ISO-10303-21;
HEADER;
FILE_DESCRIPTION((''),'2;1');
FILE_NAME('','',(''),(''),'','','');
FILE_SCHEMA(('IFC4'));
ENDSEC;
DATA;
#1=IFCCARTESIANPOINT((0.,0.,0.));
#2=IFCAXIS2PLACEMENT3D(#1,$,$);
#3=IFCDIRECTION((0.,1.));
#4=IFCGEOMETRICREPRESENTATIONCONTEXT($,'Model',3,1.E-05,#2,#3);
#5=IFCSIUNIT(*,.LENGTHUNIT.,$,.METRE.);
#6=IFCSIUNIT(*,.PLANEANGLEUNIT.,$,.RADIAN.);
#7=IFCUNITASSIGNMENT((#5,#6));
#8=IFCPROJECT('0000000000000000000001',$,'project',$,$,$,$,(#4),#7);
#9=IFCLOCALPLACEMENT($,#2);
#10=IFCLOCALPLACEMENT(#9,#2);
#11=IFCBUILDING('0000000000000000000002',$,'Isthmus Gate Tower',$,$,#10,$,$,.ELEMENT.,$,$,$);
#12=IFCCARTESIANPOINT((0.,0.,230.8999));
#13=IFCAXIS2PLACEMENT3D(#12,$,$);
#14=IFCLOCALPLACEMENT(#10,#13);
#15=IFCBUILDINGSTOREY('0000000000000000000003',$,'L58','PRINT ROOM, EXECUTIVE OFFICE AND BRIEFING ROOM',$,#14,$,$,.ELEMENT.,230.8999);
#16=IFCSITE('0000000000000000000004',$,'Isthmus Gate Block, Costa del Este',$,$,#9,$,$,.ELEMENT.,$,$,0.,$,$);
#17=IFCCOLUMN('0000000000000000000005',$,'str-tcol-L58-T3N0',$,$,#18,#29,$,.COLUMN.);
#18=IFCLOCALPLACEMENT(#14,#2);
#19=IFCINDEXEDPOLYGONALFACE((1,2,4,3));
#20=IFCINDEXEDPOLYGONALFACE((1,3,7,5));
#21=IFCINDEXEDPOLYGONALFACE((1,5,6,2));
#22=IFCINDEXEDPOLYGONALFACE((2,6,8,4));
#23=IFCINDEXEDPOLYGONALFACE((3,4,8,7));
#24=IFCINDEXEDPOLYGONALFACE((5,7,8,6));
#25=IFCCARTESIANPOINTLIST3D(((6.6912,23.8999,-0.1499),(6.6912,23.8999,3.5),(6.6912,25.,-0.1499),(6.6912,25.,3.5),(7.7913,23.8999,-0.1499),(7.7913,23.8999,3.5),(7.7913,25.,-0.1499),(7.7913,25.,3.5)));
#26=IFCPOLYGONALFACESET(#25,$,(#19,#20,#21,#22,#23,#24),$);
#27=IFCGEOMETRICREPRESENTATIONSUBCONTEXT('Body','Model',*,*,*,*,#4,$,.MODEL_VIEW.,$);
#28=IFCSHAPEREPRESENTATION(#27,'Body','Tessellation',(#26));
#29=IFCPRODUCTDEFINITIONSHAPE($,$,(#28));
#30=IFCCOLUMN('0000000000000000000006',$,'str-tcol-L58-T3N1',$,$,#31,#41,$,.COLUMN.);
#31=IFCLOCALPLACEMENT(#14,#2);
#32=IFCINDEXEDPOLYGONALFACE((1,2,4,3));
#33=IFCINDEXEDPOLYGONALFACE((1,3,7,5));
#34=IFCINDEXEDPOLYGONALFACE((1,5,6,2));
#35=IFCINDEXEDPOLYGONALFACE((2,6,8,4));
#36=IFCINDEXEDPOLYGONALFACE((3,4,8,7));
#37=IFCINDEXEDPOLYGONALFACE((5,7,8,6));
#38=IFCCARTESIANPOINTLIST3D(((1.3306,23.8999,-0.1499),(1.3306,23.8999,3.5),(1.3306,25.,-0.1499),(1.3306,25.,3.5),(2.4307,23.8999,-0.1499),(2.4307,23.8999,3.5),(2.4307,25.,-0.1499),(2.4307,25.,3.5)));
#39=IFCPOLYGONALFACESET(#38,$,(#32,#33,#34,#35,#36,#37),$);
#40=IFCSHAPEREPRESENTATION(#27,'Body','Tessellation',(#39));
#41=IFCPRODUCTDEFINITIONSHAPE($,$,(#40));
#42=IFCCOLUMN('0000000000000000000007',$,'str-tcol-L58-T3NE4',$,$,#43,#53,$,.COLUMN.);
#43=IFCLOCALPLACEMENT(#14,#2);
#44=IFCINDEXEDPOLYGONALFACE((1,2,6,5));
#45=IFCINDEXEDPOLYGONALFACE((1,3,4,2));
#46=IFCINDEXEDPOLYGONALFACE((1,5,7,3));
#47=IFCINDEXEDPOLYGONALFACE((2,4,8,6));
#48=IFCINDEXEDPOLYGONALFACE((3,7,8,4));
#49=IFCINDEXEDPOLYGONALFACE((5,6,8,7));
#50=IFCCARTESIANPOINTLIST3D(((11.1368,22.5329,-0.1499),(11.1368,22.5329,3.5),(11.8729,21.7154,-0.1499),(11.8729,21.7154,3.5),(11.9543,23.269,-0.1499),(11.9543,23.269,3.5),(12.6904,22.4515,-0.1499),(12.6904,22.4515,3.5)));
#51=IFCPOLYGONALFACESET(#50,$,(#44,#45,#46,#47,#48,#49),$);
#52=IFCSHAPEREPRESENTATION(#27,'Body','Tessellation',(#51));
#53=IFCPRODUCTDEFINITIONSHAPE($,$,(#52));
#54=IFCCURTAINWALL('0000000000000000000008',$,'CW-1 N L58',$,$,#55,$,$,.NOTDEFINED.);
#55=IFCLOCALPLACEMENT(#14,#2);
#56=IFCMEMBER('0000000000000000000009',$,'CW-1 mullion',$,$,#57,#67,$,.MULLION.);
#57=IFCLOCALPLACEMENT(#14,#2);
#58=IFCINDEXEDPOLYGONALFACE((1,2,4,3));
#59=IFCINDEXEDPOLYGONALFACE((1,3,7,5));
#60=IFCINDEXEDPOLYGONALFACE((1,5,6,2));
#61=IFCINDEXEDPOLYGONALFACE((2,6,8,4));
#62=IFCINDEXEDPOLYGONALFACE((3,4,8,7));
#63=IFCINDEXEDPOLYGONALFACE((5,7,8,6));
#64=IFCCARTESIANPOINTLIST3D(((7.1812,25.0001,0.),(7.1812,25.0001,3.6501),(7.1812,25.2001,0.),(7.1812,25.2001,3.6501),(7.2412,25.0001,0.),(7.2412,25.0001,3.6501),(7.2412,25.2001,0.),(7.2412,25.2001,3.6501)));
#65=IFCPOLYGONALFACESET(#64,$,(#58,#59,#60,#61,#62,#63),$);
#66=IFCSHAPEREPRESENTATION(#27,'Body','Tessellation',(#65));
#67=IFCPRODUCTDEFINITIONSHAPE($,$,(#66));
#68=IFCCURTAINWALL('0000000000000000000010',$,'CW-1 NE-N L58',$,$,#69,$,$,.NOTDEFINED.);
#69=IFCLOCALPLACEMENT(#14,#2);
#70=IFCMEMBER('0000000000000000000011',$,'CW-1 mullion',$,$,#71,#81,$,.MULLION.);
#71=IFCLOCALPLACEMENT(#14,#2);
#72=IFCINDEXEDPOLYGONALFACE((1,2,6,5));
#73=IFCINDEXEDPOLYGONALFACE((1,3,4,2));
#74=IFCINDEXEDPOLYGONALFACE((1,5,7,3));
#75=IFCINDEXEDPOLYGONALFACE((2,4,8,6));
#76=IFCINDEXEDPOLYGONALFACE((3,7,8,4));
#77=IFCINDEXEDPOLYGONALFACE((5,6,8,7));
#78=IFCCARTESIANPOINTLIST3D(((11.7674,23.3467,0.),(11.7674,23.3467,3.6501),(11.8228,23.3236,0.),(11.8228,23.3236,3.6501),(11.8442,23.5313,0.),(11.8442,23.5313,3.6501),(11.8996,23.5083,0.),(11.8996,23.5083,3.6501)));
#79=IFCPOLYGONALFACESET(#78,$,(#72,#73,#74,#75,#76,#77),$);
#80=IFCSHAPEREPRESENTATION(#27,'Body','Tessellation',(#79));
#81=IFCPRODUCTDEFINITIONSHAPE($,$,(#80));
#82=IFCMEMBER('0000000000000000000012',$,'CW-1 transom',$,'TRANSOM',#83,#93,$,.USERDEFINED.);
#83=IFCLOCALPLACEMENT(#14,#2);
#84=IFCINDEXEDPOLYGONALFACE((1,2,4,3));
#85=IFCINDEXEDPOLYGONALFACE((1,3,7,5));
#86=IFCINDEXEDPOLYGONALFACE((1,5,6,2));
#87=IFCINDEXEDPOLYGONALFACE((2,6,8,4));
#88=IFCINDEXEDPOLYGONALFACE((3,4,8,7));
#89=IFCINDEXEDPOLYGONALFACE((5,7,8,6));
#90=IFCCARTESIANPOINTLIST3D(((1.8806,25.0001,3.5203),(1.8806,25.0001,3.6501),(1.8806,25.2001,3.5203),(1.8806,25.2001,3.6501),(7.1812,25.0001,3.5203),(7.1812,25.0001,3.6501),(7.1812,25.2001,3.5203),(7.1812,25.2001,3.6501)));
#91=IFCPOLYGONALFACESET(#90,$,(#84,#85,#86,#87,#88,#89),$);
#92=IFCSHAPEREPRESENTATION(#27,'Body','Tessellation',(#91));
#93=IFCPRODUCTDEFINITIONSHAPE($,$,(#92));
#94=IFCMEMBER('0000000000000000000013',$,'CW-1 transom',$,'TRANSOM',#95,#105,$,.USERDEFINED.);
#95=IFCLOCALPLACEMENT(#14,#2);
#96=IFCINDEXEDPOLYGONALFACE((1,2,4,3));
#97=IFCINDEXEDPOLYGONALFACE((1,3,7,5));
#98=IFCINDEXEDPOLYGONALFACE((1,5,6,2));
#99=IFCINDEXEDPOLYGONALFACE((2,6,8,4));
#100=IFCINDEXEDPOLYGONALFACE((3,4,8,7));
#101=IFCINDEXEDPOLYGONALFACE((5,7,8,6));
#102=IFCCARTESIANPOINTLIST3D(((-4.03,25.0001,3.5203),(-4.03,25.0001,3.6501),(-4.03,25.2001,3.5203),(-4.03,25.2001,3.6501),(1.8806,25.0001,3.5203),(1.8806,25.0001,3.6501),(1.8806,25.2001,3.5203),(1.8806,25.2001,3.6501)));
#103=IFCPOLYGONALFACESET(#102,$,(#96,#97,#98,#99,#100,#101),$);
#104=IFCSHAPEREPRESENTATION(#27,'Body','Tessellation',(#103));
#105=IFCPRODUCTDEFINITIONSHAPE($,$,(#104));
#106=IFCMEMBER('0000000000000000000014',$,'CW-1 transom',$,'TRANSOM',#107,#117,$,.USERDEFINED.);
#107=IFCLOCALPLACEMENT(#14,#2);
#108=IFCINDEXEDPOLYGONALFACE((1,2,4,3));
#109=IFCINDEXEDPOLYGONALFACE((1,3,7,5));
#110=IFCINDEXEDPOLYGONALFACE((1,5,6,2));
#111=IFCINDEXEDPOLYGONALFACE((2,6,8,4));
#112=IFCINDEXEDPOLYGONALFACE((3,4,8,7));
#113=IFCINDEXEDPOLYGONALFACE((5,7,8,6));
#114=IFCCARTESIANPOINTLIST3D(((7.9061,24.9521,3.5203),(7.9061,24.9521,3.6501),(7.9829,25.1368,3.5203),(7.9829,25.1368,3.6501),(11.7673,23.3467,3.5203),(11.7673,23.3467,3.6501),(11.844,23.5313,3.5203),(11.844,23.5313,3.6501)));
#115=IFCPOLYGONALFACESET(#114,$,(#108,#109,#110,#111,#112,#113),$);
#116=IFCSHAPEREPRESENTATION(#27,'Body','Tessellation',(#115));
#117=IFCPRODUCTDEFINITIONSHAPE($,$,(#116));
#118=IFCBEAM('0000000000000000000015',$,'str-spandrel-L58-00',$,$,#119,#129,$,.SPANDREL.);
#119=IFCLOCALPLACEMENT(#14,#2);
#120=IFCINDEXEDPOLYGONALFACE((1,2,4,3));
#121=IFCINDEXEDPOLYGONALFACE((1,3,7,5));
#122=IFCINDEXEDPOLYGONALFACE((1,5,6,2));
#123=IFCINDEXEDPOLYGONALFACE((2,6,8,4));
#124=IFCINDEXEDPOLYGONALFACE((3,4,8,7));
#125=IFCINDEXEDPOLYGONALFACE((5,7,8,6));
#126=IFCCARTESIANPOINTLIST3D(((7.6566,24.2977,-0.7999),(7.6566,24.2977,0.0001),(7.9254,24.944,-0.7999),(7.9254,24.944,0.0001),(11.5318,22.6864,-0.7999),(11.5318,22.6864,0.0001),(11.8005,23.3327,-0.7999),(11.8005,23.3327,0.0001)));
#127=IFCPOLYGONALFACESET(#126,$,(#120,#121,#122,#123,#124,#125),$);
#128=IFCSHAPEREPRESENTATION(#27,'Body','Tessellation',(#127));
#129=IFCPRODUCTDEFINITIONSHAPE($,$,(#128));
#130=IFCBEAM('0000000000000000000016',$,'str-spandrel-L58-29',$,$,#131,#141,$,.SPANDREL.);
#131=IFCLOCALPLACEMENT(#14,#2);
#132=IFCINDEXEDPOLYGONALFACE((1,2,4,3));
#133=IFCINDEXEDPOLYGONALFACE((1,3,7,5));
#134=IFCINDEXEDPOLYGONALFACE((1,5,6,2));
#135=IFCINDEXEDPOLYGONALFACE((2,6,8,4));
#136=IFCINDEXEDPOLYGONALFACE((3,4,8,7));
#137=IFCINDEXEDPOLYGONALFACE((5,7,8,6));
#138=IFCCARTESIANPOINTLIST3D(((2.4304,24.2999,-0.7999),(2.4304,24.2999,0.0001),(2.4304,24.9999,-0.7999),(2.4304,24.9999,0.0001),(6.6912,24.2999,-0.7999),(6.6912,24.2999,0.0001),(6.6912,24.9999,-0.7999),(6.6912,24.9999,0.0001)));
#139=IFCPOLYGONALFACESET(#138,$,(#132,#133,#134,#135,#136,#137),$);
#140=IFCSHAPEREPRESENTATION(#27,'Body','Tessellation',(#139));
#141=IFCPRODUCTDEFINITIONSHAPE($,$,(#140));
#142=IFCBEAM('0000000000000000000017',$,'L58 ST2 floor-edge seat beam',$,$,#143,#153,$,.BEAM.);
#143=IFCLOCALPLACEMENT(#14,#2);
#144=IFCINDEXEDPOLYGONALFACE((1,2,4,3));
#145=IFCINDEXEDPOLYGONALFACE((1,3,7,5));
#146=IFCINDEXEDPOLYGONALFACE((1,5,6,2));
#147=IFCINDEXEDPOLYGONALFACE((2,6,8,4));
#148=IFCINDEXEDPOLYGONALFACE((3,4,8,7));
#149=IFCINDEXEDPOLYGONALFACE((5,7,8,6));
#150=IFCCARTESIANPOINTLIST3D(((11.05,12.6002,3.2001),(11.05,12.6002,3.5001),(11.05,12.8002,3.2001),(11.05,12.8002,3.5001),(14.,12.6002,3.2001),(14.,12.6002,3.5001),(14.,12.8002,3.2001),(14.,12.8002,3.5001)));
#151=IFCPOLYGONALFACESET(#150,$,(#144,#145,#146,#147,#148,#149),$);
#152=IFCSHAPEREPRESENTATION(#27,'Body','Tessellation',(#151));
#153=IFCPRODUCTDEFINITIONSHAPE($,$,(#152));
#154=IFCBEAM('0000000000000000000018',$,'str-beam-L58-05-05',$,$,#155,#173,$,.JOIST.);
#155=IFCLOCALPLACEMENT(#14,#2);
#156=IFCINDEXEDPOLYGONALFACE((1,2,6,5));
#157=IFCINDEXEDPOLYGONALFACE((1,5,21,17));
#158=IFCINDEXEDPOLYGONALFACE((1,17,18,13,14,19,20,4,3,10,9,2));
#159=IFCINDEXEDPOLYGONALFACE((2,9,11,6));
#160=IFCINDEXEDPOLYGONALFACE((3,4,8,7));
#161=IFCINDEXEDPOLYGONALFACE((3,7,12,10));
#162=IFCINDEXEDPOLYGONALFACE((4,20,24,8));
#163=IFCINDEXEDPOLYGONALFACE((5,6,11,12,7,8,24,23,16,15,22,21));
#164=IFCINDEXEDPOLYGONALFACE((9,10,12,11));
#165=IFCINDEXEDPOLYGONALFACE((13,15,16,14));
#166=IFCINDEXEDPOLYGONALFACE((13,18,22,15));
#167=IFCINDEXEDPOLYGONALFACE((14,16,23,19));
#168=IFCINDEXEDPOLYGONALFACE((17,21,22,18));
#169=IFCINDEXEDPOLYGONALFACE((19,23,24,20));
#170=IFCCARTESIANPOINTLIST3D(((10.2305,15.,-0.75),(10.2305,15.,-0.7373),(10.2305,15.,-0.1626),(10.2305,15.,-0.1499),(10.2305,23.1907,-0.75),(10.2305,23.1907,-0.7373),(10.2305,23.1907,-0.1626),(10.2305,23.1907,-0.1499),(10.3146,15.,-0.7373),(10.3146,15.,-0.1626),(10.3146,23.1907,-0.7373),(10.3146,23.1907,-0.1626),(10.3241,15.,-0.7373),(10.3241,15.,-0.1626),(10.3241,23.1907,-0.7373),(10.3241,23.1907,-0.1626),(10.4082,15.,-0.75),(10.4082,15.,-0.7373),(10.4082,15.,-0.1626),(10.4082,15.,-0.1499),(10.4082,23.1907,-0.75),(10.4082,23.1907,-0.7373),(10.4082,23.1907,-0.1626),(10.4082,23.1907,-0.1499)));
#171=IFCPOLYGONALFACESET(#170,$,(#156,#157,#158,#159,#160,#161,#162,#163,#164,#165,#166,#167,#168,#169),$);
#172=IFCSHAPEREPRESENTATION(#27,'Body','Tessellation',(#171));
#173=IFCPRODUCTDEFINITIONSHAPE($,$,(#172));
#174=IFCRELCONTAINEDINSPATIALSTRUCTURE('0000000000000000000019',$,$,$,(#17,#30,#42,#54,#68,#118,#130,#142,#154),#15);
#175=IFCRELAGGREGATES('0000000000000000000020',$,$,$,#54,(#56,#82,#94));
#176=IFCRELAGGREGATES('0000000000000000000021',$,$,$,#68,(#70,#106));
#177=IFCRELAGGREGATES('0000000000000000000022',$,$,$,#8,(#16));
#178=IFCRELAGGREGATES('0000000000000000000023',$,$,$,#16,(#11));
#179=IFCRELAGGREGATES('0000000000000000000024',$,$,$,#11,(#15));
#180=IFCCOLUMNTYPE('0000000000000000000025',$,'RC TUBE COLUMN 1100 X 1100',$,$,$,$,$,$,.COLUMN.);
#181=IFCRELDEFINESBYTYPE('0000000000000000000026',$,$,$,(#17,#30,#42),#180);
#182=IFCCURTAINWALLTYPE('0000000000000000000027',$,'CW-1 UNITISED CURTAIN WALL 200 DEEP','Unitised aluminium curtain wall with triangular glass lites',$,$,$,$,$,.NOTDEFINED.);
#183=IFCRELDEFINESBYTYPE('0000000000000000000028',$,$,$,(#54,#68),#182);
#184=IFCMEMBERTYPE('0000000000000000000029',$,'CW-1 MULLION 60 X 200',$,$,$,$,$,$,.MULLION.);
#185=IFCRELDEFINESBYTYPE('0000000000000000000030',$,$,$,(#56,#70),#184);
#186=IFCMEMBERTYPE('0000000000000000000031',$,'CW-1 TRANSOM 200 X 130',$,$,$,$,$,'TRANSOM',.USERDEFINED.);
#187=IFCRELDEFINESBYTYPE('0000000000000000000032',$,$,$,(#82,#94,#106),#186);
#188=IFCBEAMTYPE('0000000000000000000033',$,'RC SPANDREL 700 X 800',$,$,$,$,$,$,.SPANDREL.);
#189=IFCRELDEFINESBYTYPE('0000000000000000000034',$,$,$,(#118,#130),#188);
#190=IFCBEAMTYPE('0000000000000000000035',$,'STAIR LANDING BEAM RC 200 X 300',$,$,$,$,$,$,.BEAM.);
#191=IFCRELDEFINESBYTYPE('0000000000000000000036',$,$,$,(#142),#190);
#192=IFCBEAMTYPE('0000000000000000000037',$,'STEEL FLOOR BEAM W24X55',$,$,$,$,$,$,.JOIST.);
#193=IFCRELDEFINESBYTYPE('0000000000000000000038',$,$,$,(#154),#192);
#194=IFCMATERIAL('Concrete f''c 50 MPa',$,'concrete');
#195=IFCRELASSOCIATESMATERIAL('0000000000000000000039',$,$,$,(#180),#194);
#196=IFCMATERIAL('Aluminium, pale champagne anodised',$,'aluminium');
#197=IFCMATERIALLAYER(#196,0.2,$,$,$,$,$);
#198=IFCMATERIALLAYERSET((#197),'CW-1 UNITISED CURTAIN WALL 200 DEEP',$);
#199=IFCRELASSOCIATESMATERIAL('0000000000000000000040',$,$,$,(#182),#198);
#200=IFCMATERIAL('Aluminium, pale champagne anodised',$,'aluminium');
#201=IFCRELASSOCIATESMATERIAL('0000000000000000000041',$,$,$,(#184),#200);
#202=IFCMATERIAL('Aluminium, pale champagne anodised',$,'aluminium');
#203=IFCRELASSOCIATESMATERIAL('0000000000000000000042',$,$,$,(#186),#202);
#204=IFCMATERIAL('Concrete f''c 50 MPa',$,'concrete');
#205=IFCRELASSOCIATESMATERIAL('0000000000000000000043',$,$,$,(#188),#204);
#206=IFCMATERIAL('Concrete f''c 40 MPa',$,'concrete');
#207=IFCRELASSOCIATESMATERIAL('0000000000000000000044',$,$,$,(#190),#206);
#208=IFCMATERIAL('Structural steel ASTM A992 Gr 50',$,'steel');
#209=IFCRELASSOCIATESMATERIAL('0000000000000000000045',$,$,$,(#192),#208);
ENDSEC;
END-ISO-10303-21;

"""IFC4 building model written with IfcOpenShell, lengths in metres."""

from ifc_helpers import new_model, si_unit, direction, frame, origin, origin_2d, place, context, subcontext, project, spatial, rectangle, i_section, extrude, material, layer, layer_set, material_profile, profile_set, type_object, element, aggregate, save


model = new_model("IFC4")

# Units and contexts
model_context = context("Model", 3, precision=1e-05, world=origin(), true_north=direction((0.0, 1.0)))
body_context = subcontext(model_context, "Body", "Model", "MODEL_VIEW")
ifc_project = project(units=[si_unit("LENGTHUNIT", "METRE"), si_unit("PLANEANGLEUNIT", "RADIAN")], contexts=[model_context])

# Site, building, storey
site_placement = place(None, origin())
site = spatial("IfcSite", under=ifc_project, at=site_placement, Name="Isthmus Gate Block, Costa del Este", CompositionType="ELEMENT", RefElevation=0.0)
building_placement = place(site_placement, origin())
building = spatial("IfcBuilding", under=site, at=building_placement, Name="Isthmus Gate Tower", CompositionType="ELEMENT")
storey_placement = place(building_placement, frame((0.0, 0.0, 230.8999)))
storey = spatial("IfcBuildingStorey", under=building, at=storey_placement, Name="L58", Description="PRINT ROOM, EXECUTIVE OFFICE AND BRIEFING ROOM", CompositionType="ELEMENT", Elevation=230.8999)

# Columns
ifc_material_1 = material(Name="Concrete f'c 50 MPa", Category="concrete")
ifc_material_profile_1 = material_profile(ifc_material_1, rectangle(XDim=1.1001, YDim=1.1001, at=origin_2d()), Name="RC 1100X1100")
ifc_profile_set_1 = profile_set([ifc_material_profile_1], Name="Concrete f'c 50 MPa")
column_type = type_object("IfcColumnType", Name="RC TUBE COLUMN 1100 X 1100", PredefinedType="COLUMN", material=ifc_profile_set_1)
for number, where, z_axis, x_axis, name in (
    (1, (7.2412, 24.45, -0.1499), (0.0, 0.0, 1.0), (-1.0, 0.0, 0.0), "str-tcol-L58-T3N0"),
    (2, (1.8806, 24.45, -0.1499), (0.0, 0.0, 1.0), (-1.0, 0.0, 0.0), "str-tcol-L58-T3N1"),
    (3, (11.9136, 22.4922, -0.1499), (0.0, 0.0, 1.0), (-0.669131, 0.743145, 0.0), "str-tcol-L58-T3NE4"),
):
    element("IfcColumn", number, at=place(storey_placement, frame(where, z_axis=z_axis, x_axis=x_axis)), inside=storey, type_object=column_type, Name=name, PredefinedType="COLUMN", context=body_context, shape_type="SweptSolid", body=[
        extrude(rectangle(XDim=1.1001, YDim=1.1001, at=origin_2d()), origin(), (0.0, 0.0, 1.0), 3.6499),
    ])

# Curtain walls, members
ifc_material_2 = material(Name="Aluminium, pale champagne anodised", Category="aluminium")
ifc_layer_1 = layer(ifc_material_2, 0.2)
ifc_layer_set_1 = layer_set([ifc_layer_1], Name="CW-1 UNITISED CURTAIN WALL 200 DEEP")
curtain_wall_type = type_object("IfcCurtainWallType", Name="CW-1 UNITISED CURTAIN WALL 200 DEEP", Description="Unitised aluminium curtain wall with triangular glass lites", PredefinedType="NOTDEFINED", material=ifc_layer_set_1)
curtain_wall_1_placement = place(storey_placement, origin())
curtain_wall_1 = element("IfcCurtainWall", 4, at=curtain_wall_1_placement, inside=storey, type_object=curtain_wall_type, Name="CW-1 N L58", PredefinedType="NOTDEFINED")
ifc_material_3 = material(Name="Aluminium, pale champagne anodised", Category="aluminium")
ifc_material_profile_2 = material_profile(ifc_material_3, rectangle(XDim=0.0601, YDim=0.2, at=origin_2d()), Name="60x200")
ifc_profile_set_2 = profile_set([ifc_material_profile_2], Name="Aluminium, pale champagne anodised")
member_type_1 = type_object("IfcMemberType", Name="CW-1 MULLION 60 X 200", PredefinedType="MULLION", material=ifc_profile_set_2)
member_1_placement = place(storey_placement, frame((7.2112, 25.1001, 0.0), z_axis=(0.0, 0.0, 1.0), x_axis=(-1.0, 0.0, 0.0)))
member_1 = element("IfcMember", 5, at=member_1_placement, type_object=member_type_1, Name="CW-1 mullion", PredefinedType="MULLION", context=body_context, shape_type="SweptSolid", body=[
    extrude(rectangle(XDim=0.0601, YDim=0.2, at=origin_2d()), origin(), (0.0, 0.0, 1.0), 3.6501),
])
curtain_wall_2_placement = place(storey_placement, origin())
curtain_wall_2 = element("IfcCurtainWall", 6, at=curtain_wall_2_placement, inside=storey, type_object=curtain_wall_type, Name="CW-1 NE-N L58", PredefinedType="NOTDEFINED")
member_2_placement = place(storey_placement, frame((11.8335, 23.4275, 0.0), z_axis=(0.0, 0.0, 1.0), x_axis=(-0.923353, 0.383952, 0.0)))
member_2 = element("IfcMember", 7, at=member_2_placement, type_object=member_type_1, Name="CW-1 mullion", PredefinedType="MULLION", context=body_context, shape_type="SweptSolid", body=[
    extrude(rectangle(XDim=0.0601, YDim=0.2, at=origin_2d()), origin(), (0.0, 0.0, 1.0), 3.6501),
])

# Members
ifc_material_4 = material(Name="Aluminium, pale champagne anodised", Category="aluminium")
ifc_material_profile_3 = material_profile(ifc_material_4, rectangle(XDim=0.2, YDim=0.1299, at=origin_2d()), Name="200x130")
ifc_profile_set_3 = profile_set([ifc_material_profile_3], Name="Aluminium, pale champagne anodised")
member_type_2 = type_object("IfcMemberType", Name="CW-1 TRANSOM 200 X 130", ElementType="TRANSOM", PredefinedType="USERDEFINED", material=ifc_profile_set_3)
member_3_placement = place(storey_placement, frame((7.1812, 25.1001, 3.5852), z_axis=(-1.0, 0.0, 0.0), x_axis=(0.0, -1.0, 0.0)))
member_3 = element("IfcMember", 8, at=member_3_placement, type_object=member_type_2, Name="CW-1 transom", ObjectType="TRANSOM", PredefinedType="USERDEFINED", context=body_context, shape_type="SweptSolid", body=[
    extrude(rectangle(XDim=0.2, YDim=0.1299, at=origin_2d()), origin(), (0.0, 0.0, 1.0), 5.3005),
])
member_4_placement = place(storey_placement, frame((1.8806, 25.1001, 3.5852), z_axis=(-1.0, 0.0, 0.0), x_axis=(0.0, -1.0, 0.0)))
member_4 = element("IfcMember", 9, at=member_4_placement, type_object=member_type_2, Name="CW-1 transom", ObjectType="TRANSOM", PredefinedType="USERDEFINED", context=body_context, shape_type="SweptSolid", body=[
    extrude(rectangle(XDim=0.2, YDim=0.1299, at=origin_2d()), origin(), (0.0, 0.0, 1.0), 5.9106),
])
member_5_placement = place(storey_placement, frame((11.8057, 23.439, 3.5852), z_axis=(-0.923358, 0.38394, 0.0), x_axis=(-0.38394, -0.923358, 0.0)))
member_5 = element("IfcMember", 10, at=member_5_placement, type_object=member_type_2, Name="CW-1 transom", ObjectType="TRANSOM", PredefinedType="USERDEFINED", context=body_context, shape_type="SweptSolid", body=[
    extrude(rectangle(XDim=0.2, YDim=0.1299, at=origin_2d()), origin(), (0.0, 0.0, 1.0), 4.1816),
])

# Beams
ifc_material_5 = material(Name="Concrete f'c 50 MPa", Category="concrete")
ifc_material_profile_4 = material_profile(ifc_material_5, rectangle(XDim=0.7, YDim=0.8, at=origin_2d()), Name="RC 700X800")
ifc_profile_set_4 = profile_set([ifc_material_profile_4], Name="Concrete f'c 50 MPa")
beam_type_1 = type_object("IfcBeamType", Name="RC SPANDREL 700 X 800", PredefinedType="SPANDREL", material=ifc_profile_set_4)
beam_1_placement = place(storey_placement, frame((7.791, 24.6208, -0.3999), z_axis=(0.923361, -0.383934, 0.0), x_axis=(0.383934, 0.923361, 0.0)))
element("IfcBeam", 11, at=beam_1_placement, inside=storey, type_object=beam_type_1, Name="str-spandrel-L58-00", PredefinedType="SPANDREL", context=body_context, shape_type="SweptSolid", body=[
    extrude(rectangle(XDim=0.7, YDim=0.8, at=origin_2d()), origin(), (0.0, 0.0, 1.0), 4.1968),
])
beam_2_placement = place(storey_placement, frame((2.4304, 24.6499, -0.3999), z_axis=(1.0, 0.0, 0.0), x_axis=(0.0, 1.0, 0.0)))
element("IfcBeam", 12, at=beam_2_placement, inside=storey, type_object=beam_type_1, Name="str-spandrel-L58-29", PredefinedType="SPANDREL", context=body_context, shape_type="SweptSolid", body=[
    extrude(rectangle(XDim=0.7, YDim=0.8, at=origin_2d()), origin(), (0.0, 0.0, 1.0), 4.2607),
])
ifc_material_6 = material(Name="Concrete f'c 40 MPa", Category="concrete")
ifc_material_profile_5 = material_profile(ifc_material_6, rectangle(XDim=0.2, YDim=0.3, at=origin_2d()), Name="STAIR LANDING BEAM RC 200 X 300")
ifc_profile_set_5 = profile_set([ifc_material_profile_5], Name="Concrete f'c 40 MPa")
beam_type_2 = type_object("IfcBeamType", Name="STAIR LANDING BEAM RC 200 X 300", PredefinedType="BEAM", material=ifc_profile_set_5)
beam_3_placement = place(storey_placement, frame((11.05, 12.7002, 3.3501), z_axis=(1.0, 0.0, 0.0), x_axis=(0.0, 1.0, 0.0)))
element("IfcBeam", 13, at=beam_3_placement, inside=storey, type_object=beam_type_2, Name="L58 ST2 floor-edge seat beam", PredefinedType="BEAM", context=body_context, shape_type="SweptSolid", body=[
    extrude(rectangle(XDim=0.2, YDim=0.3, at=origin_2d()), origin(), (0.0, 0.0, 1.0), 2.95),
])
ifc_material_7 = material(Name="Structural steel ASTM A992 Gr 50", Category="steel")
ifc_material_profile_6 = material_profile(ifc_material_7, i_section(OverallWidth=0.1777, OverallDepth=0.6001, WebThickness=0.0095, FlangeThickness=0.0127, at=origin_2d()), Name="W24X55")
ifc_profile_set_6 = profile_set([ifc_material_profile_6], Name="Structural steel ASTM A992 Gr 50")
beam_type_3 = type_object("IfcBeamType", Name="STEEL FLOOR BEAM W24X55", PredefinedType="JOIST", material=ifc_profile_set_6)
beam_4_placement = place(storey_placement, frame((10.3193, 15.0, -0.45), z_axis=(0.0, 1.0, 0.0), x_axis=(-1.0, 0.0, 0.0)))
element("IfcBeam", 14, at=beam_4_placement, inside=storey, type_object=beam_type_3, Name="str-beam-L58-05-05", PredefinedType="JOIST", context=body_context, shape_type="SweptSolid", body=[
    extrude(i_section(OverallWidth=0.1777, OverallDepth=0.6001, WebThickness=0.0095, FlangeThickness=0.0127, at=origin_2d()), origin(), (0.0, 0.0, 1.0), 8.1907),
])

aggregate(curtain_wall_1, [member_1, member_3, member_4])
aggregate(curtain_wall_2, [member_2, member_5])

save(model, "model.ifc")
